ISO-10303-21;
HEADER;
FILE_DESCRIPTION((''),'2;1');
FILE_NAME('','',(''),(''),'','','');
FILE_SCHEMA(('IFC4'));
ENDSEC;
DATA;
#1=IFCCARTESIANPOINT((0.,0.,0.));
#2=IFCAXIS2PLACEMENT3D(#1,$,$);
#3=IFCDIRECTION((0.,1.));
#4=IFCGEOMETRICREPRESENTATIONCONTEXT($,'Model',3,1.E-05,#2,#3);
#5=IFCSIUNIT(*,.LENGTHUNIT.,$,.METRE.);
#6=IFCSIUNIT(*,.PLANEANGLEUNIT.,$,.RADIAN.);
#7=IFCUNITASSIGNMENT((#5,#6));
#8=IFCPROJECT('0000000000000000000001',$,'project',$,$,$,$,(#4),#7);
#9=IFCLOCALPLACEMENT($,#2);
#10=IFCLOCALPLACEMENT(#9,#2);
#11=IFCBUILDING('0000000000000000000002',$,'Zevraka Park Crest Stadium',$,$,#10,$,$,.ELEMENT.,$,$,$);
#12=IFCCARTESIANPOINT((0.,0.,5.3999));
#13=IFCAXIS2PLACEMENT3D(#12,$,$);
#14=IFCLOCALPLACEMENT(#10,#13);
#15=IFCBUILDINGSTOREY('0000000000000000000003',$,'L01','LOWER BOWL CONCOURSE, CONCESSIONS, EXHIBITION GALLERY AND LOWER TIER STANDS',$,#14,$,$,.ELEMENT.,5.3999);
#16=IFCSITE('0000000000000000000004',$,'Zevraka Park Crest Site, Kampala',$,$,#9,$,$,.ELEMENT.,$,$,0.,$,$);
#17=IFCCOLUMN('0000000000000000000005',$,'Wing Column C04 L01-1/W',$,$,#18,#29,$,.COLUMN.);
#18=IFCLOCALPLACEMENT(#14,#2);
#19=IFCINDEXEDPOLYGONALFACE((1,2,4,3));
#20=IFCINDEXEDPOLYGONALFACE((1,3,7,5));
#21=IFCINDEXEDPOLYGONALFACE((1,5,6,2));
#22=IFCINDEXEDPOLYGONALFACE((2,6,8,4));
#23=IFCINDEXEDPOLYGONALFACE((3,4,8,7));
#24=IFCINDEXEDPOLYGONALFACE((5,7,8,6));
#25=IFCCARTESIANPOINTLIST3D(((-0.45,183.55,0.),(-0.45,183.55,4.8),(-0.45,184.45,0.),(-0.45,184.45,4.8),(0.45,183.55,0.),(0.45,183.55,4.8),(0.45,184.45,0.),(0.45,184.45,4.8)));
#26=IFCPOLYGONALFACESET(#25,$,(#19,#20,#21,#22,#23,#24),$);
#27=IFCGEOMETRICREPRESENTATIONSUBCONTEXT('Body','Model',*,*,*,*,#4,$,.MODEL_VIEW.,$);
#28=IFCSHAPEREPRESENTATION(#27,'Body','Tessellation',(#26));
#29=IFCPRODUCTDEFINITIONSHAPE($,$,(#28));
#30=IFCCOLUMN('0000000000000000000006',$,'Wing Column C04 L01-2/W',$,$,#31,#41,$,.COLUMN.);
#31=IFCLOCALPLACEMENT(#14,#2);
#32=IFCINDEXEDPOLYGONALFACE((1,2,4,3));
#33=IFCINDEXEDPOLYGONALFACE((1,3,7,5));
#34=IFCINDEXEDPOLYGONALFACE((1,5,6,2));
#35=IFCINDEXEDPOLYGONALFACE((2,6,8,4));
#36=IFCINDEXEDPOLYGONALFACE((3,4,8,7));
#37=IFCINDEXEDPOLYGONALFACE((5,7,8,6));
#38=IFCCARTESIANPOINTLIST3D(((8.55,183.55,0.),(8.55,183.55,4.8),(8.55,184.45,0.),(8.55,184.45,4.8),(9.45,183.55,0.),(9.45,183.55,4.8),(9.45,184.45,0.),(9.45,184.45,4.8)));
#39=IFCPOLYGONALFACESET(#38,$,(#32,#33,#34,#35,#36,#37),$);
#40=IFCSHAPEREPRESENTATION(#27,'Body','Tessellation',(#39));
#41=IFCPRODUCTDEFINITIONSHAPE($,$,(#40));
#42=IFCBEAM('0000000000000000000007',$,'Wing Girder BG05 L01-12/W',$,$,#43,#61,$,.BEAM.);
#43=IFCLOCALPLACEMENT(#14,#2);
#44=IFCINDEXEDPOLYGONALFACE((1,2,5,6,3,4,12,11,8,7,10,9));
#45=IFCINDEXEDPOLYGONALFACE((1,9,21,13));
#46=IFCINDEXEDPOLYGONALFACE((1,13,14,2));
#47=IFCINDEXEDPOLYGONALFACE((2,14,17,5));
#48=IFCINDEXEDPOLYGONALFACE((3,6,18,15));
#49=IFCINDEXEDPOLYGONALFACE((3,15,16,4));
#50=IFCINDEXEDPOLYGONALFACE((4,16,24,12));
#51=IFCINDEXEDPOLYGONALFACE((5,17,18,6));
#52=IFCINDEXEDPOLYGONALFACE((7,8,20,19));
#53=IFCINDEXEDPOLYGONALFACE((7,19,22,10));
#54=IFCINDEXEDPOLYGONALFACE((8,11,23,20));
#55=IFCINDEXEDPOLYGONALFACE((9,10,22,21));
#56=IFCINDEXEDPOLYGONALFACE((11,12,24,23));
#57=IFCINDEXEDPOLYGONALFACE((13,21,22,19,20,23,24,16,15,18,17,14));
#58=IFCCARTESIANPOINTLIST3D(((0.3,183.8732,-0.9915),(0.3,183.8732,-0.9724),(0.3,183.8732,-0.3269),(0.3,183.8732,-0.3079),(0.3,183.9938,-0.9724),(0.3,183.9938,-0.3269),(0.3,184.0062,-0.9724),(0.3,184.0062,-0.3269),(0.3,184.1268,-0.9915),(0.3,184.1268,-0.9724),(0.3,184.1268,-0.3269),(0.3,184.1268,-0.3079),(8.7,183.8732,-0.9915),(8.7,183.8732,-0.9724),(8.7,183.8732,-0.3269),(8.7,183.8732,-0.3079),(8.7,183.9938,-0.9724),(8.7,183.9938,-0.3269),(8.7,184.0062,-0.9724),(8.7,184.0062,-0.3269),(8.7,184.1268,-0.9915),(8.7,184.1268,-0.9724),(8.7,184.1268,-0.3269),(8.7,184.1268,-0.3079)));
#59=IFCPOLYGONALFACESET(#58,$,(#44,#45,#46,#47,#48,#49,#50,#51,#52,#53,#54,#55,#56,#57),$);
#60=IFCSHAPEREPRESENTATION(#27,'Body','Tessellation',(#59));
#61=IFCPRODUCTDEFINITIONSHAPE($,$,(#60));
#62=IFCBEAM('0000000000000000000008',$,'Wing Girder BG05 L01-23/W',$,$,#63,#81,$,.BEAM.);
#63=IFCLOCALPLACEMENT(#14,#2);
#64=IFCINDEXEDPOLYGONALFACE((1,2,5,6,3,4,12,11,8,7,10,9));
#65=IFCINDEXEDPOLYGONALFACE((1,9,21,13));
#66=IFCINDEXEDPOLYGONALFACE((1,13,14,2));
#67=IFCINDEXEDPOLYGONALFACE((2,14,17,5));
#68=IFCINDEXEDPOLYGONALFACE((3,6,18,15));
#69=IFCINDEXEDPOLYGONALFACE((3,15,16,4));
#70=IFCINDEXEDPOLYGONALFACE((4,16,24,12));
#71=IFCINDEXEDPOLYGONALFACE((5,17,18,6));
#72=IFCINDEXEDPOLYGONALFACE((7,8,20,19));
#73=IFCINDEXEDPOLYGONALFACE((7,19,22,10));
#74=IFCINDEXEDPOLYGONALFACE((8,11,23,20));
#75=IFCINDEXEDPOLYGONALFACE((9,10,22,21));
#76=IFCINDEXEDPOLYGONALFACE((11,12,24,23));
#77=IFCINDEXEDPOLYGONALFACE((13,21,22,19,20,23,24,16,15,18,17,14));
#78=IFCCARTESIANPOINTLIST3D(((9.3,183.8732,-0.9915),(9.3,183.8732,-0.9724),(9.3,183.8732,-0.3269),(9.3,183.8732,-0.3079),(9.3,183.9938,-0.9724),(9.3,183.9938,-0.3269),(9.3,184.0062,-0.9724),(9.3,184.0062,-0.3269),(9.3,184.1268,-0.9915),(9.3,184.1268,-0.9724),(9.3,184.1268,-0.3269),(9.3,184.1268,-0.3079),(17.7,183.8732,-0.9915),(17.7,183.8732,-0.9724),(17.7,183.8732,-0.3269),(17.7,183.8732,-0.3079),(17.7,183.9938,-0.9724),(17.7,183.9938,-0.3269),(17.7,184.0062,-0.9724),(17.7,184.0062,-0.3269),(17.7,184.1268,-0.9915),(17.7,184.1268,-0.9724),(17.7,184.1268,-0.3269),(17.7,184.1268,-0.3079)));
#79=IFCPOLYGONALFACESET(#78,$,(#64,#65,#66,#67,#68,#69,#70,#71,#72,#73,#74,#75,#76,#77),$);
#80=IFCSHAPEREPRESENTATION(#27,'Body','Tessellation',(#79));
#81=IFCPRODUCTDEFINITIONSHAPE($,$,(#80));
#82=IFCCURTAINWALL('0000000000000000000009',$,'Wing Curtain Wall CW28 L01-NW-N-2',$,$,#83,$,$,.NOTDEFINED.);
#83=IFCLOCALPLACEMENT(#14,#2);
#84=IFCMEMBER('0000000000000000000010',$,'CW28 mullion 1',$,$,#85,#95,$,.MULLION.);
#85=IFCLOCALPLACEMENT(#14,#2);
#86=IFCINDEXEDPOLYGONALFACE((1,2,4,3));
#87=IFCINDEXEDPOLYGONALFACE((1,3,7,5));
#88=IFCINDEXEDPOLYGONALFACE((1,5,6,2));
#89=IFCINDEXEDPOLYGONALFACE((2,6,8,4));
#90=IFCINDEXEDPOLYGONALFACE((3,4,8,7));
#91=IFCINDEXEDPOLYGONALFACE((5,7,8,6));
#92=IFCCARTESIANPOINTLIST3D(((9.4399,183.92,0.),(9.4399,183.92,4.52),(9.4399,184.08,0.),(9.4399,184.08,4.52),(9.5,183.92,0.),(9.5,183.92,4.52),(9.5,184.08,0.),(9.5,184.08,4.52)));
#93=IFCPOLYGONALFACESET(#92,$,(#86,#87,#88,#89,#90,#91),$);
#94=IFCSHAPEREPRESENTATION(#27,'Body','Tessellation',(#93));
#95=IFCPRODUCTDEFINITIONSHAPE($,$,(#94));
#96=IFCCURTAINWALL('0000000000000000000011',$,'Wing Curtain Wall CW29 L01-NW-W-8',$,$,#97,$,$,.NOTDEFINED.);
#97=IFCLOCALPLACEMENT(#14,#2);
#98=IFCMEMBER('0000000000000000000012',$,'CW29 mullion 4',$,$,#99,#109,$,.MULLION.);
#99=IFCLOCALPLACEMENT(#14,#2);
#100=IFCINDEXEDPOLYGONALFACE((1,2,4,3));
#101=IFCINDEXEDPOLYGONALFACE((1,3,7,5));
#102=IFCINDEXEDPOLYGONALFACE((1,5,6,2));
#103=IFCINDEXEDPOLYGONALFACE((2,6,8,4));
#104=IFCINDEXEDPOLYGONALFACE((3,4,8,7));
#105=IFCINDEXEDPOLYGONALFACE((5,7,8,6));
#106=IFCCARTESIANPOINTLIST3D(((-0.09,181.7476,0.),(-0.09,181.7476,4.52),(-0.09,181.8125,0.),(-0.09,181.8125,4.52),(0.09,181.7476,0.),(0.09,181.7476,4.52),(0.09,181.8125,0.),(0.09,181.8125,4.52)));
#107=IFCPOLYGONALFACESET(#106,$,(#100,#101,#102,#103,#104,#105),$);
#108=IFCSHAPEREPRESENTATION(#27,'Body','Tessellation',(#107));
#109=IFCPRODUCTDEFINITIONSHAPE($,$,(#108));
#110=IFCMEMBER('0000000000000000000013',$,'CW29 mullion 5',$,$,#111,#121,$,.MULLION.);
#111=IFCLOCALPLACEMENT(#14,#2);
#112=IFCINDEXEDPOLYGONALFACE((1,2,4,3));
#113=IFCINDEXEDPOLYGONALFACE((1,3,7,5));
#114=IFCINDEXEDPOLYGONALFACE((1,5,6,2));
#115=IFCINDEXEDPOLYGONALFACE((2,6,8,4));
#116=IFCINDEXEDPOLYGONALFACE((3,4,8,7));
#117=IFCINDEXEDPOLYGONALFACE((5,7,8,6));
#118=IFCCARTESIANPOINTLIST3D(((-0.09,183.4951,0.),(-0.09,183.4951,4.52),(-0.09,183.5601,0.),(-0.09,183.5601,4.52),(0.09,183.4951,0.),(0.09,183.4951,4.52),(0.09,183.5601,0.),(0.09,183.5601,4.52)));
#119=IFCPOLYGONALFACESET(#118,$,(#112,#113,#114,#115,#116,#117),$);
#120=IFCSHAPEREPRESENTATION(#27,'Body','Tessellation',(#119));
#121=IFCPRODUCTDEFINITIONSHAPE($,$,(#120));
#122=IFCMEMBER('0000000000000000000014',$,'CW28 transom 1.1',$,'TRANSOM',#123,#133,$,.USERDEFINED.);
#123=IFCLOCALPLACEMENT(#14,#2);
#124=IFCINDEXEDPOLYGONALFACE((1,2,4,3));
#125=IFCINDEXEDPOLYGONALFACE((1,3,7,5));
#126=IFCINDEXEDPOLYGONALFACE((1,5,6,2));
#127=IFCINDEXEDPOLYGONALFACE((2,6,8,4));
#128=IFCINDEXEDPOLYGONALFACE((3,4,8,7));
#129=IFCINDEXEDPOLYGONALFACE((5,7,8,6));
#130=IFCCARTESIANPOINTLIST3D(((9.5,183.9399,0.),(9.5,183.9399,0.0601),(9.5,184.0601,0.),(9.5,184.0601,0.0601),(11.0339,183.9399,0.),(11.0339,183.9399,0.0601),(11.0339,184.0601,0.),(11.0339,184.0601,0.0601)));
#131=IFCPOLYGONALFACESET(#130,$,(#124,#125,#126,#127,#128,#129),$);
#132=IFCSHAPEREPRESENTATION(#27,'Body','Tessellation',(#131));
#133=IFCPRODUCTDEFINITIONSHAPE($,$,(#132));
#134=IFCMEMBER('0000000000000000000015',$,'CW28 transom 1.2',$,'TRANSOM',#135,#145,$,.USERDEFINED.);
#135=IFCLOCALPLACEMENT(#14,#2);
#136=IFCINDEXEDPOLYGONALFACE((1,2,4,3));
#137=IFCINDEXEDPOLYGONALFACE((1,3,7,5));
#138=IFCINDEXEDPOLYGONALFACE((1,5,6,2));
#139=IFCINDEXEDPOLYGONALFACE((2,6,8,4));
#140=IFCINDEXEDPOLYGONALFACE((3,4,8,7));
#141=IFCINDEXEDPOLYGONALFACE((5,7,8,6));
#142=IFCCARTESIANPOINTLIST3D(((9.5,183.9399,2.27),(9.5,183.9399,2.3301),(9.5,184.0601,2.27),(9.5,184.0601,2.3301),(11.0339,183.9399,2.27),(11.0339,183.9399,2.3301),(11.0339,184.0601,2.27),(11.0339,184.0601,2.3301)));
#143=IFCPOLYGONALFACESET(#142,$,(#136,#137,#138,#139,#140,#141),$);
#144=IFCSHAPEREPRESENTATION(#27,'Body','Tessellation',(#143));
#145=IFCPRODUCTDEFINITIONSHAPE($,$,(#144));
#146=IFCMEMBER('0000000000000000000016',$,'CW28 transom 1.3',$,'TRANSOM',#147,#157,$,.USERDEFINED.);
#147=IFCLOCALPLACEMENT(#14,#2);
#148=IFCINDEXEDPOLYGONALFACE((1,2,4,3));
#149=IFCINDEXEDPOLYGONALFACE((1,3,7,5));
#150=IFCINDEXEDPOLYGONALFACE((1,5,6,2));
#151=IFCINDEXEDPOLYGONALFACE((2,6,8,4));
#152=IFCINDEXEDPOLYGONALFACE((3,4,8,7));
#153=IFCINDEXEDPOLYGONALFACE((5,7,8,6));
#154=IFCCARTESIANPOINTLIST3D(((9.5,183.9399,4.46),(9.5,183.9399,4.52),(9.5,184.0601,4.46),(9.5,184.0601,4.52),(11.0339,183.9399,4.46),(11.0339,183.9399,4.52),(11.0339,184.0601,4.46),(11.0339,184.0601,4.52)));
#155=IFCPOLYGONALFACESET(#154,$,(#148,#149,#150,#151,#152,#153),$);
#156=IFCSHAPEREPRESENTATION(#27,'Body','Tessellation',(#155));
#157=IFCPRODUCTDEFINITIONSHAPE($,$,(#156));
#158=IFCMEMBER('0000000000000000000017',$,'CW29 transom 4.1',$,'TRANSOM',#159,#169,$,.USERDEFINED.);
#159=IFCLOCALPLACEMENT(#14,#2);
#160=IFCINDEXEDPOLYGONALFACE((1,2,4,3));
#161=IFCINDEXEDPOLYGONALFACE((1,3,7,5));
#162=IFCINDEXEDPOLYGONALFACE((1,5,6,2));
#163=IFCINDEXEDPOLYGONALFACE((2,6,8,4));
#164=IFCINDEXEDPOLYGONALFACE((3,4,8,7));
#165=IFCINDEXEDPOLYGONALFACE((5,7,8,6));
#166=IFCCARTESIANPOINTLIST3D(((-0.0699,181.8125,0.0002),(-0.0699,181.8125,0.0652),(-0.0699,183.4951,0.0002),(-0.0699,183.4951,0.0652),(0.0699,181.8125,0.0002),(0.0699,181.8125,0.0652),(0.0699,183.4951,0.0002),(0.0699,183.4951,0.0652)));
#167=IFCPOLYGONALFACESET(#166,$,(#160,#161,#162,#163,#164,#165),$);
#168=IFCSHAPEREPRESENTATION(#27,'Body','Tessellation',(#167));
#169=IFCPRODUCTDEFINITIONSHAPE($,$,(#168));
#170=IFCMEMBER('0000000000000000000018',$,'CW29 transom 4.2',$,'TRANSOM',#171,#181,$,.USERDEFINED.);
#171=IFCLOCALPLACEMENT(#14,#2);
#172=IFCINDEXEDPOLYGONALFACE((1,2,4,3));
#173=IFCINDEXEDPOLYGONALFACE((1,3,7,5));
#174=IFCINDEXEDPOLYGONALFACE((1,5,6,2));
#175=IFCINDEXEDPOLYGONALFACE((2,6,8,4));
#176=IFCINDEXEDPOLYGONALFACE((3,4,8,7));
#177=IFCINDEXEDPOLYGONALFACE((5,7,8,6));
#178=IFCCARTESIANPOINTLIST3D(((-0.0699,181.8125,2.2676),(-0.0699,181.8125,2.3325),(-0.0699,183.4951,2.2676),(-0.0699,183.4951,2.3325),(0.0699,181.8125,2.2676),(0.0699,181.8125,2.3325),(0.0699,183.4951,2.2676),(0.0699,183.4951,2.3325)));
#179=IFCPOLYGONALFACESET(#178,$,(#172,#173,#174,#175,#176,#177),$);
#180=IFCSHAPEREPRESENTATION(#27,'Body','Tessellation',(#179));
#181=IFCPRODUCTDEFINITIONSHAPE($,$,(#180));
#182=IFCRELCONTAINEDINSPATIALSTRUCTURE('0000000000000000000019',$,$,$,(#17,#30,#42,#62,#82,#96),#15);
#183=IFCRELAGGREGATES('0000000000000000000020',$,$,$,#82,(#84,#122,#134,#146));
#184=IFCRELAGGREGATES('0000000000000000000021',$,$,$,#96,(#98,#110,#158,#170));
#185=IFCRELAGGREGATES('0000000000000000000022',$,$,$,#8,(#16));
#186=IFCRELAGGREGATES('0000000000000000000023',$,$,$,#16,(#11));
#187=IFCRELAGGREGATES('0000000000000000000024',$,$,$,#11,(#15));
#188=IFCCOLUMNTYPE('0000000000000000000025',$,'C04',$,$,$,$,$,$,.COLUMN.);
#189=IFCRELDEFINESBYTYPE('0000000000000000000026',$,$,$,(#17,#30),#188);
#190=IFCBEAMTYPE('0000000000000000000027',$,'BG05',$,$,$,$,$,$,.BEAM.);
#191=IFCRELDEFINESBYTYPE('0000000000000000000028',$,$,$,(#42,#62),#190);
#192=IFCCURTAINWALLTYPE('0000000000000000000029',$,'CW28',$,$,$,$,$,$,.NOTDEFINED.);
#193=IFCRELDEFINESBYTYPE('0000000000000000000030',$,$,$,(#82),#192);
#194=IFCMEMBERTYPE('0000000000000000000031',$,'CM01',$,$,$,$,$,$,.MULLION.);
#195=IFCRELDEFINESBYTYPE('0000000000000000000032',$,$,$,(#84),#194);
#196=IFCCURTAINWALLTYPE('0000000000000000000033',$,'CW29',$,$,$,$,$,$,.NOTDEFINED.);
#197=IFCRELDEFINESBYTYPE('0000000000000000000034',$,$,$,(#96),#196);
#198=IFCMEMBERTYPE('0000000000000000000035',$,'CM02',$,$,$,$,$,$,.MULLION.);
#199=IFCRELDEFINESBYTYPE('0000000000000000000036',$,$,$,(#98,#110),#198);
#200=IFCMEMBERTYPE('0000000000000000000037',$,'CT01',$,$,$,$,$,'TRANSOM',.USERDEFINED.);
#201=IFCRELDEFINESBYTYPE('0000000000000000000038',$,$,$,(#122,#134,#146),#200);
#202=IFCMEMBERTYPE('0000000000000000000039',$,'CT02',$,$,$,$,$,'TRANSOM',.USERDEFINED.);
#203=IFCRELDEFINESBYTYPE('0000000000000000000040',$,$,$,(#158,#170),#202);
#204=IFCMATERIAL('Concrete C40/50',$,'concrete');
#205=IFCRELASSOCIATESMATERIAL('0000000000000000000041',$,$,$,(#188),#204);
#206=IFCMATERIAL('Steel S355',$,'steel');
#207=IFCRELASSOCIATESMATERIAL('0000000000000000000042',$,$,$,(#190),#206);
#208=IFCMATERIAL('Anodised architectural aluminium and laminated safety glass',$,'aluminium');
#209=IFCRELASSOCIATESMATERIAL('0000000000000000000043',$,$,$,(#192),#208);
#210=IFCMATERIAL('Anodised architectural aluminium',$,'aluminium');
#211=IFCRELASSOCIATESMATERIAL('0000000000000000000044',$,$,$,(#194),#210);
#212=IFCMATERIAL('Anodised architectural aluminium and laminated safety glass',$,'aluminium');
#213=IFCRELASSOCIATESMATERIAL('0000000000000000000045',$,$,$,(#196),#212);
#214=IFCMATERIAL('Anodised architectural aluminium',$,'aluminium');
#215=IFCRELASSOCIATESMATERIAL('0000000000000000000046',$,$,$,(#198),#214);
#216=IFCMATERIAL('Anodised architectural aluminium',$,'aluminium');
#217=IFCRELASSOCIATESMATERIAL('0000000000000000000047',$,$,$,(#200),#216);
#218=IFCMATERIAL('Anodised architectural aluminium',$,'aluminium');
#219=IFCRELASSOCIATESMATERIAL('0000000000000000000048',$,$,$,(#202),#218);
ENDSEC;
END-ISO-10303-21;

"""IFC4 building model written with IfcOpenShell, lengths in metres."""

from ifc_helpers import new_model, si_unit, direction, frame, origin, origin_2d, place, context, subcontext, project, spatial, rectangle, i_section, extrude, material, material_profile, profile_set, type_object, element, aggregate, save


model = new_model("IFC4")

# Units and contexts
model_context = context("Model", 3, precision=1e-05, world=origin(), true_north=direction((0.0, 1.0)))
body_context = subcontext(model_context, "Body", "Model", "MODEL_VIEW")
ifc_project = project(units=[si_unit("LENGTHUNIT", "METRE"), si_unit("PLANEANGLEUNIT", "RADIAN")], contexts=[model_context])

# Site, building, storey
site_placement = place(None, origin())
site = spatial("IfcSite", under=ifc_project, at=site_placement, Name="Zevraka Park Crest Site, Kampala", CompositionType="ELEMENT", RefElevation=0.0)
building_placement = place(site_placement, origin())
building = spatial("IfcBuilding", under=site, at=building_placement, Name="Zevraka Park Crest Stadium", CompositionType="ELEMENT")
storey_placement = place(building_placement, frame((0.0, 0.0, 5.3999)))
storey = spatial("IfcBuildingStorey", under=building, at=storey_placement, Name="L01", Description="LOWER BOWL CONCOURSE, CONCESSIONS, EXHIBITION GALLERY AND LOWER TIER STANDS", CompositionType="ELEMENT", Elevation=5.3999)

# Columns
ifc_material_1 = material(Name="Concrete C40/50", Category="concrete")
ifc_material_profile_1 = material_profile(ifc_material_1, rectangle(XDim=0.8999, YDim=0.8999, at=origin_2d()), Name="RC 900x900")
ifc_profile_set_1 = profile_set([ifc_material_profile_1], Name="Concrete C40/50")
column_type = type_object("IfcColumnType", Name="C04", PredefinedType="COLUMN", material=ifc_profile_set_1)
for number, where, z_axis, x_axis, name in (
    (1, (0.0, 184.0, 0.0), (0.0, 0.0, 1.0), (1.0, 0.0, 0.0), "Wing Column C04 L01-1/W"),
    (2, (9.0, 184.0, 0.0), (0.0, 0.0, 1.0), (1.0, 0.0, 0.0), "Wing Column C04 L01-2/W"),
):
    element("IfcColumn", number, at=place(storey_placement, frame(where, z_axis=z_axis, x_axis=x_axis)), inside=storey, type_object=column_type, Name=name, PredefinedType="COLUMN", context=body_context, shape_type="SweptSolid", body=[
        extrude(rectangle(XDim=0.8999, YDim=0.8999, at=origin_2d()), origin(), (0.0, 0.0, 1.0), 4.8),
    ])

# Beams
ifc_material_2 = material(Name="Steel S355", Category="steel")
ifc_material_profile_2 = material_profile(ifc_material_2, i_section(OverallWidth=0.2537, OverallDepth=0.6836, WebThickness=0.0125, FlangeThickness=0.019, at=origin_2d()), Name="UKB 686x254x140")
ifc_profile_set_2 = profile_set([ifc_material_profile_2], Name="Steel S355")
beam_type = type_object("IfcBeamType", Name="BG05", PredefinedType="BEAM", material=ifc_profile_set_2)
for number, where, z_axis, x_axis, name in (
    (3, (0.3, 184.0, -0.6497), (1.0, 0.0, 0.0), (0.0, 1.0, 0.0), "Wing Girder BG05 L01-12/W"),
    (4, (9.3, 184.0, -0.6497), (1.0, 0.0, 0.0), (0.0, 1.0, 0.0), "Wing Girder BG05 L01-23/W"),
):
    element("IfcBeam", number, at=place(storey_placement, frame(where, z_axis=z_axis, x_axis=x_axis)), inside=storey, type_object=beam_type, Name=name, PredefinedType="BEAM", context=body_context, shape_type="SweptSolid", body=[
        extrude(i_section(OverallWidth=0.2537, OverallDepth=0.6836, WebThickness=0.0125, FlangeThickness=0.019, at=origin_2d()), origin(), (0.0, 0.0, 1.0), 8.3999),
    ])

# Curtain wall, member
ifc_material_3 = material(Name="Anodised architectural aluminium and laminated safety glass", Category="aluminium")
curtain_wall_type_1 = type_object("IfcCurtainWallType", Name="CW28", PredefinedType="NOTDEFINED", material=ifc_material_3)
curtain_wall_1_placement = place(storey_placement, origin())
curtain_wall_1 = element("IfcCurtainWall", 5, at=curtain_wall_1_placement, inside=storey, type_object=curtain_wall_type_1, Name="Wing Curtain Wall CW28 L01-NW-N-2", PredefinedType="NOTDEFINED")
ifc_material_4 = material(Name="Anodised architectural aluminium", Category="aluminium")
ifc_material_profile_3 = material_profile(ifc_material_4, rectangle(XDim=0.1599, YDim=0.0601, at=origin_2d()), Name="ALU MULLION 160x60")
ifc_profile_set_3 = profile_set([ifc_material_profile_3], Name="Anodised architectural aluminium")
member_type_1 = type_object("IfcMemberType", Name="CM01", PredefinedType="MULLION", material=ifc_profile_set_3)
member_1_placement = place(storey_placement, frame((9.47, 184.0, 0.0), z_axis=(0.0, 0.0, 1.0), x_axis=(0.0, 1.0, 0.0)))
member_1 = element("IfcMember", 6, at=member_1_placement, type_object=member_type_1, Name="CW28 mullion 1", PredefinedType="MULLION", context=body_context, shape_type="SweptSolid", body=[
    extrude(rectangle(XDim=0.1599, YDim=0.0601, at=origin_2d()), origin(), (0.0, 0.0, 1.0), 4.52),
])

# Curtain wall, members
ifc_material_5 = material(Name="Anodised architectural aluminium and laminated safety glass", Category="aluminium")
curtain_wall_type_2 = type_object("IfcCurtainWallType", Name="CW29", PredefinedType="NOTDEFINED", material=ifc_material_5)
curtain_wall_2_placement = place(storey_placement, origin())
curtain_wall_2 = element("IfcCurtainWall", 7, at=curtain_wall_2_placement, inside=storey, type_object=curtain_wall_type_2, Name="Wing Curtain Wall CW29 L01-NW-W-8", PredefinedType="NOTDEFINED")
ifc_material_6 = material(Name="Anodised architectural aluminium", Category="aluminium")
ifc_material_profile_4 = material_profile(ifc_material_6, rectangle(XDim=0.1799, YDim=0.0649, at=origin_2d()), Name="ALU MULLION 180x65")
ifc_profile_set_4 = profile_set([ifc_material_profile_4], Name="Anodised architectural aluminium")
member_type_2 = type_object("IfcMemberType", Name="CM02", PredefinedType="MULLION", material=ifc_profile_set_4)
member_2_placement = place(storey_placement, frame((0.0, 181.78, 0.0), z_axis=(0.0, 0.0, 1.0), x_axis=(-1.0, 0.0, 0.0)))
member_2 = element("IfcMember", 8, at=member_2_placement, type_object=member_type_2, Name="CW29 mullion 4", PredefinedType="MULLION", context=body_context, shape_type="SweptSolid", body=[
    extrude(rectangle(XDim=0.1799, YDim=0.0649, at=origin_2d()), origin(), (0.0, 0.0, 1.0), 4.52),
])
member_3_placement = place(storey_placement, frame((0.0, 183.5276, 0.0), z_axis=(0.0, 0.0, 1.0), x_axis=(-1.0, 0.0, 0.0)))
member_3 = element("IfcMember", 9, at=member_3_placement, type_object=member_type_2, Name="CW29 mullion 5", PredefinedType="MULLION", context=body_context, shape_type="SweptSolid", body=[
    extrude(rectangle(XDim=0.1799, YDim=0.0649, at=origin_2d()), origin(), (0.0, 0.0, 1.0), 4.52),
])

# Members
ifc_material_7 = material(Name="Anodised architectural aluminium", Category="aluminium")
ifc_material_profile_5 = material_profile(ifc_material_7, rectangle(XDim=0.1201, YDim=0.0601, at=origin_2d()), Name="ALU TRANSOM 120x60")
ifc_profile_set_5 = profile_set([ifc_material_profile_5], Name="Anodised architectural aluminium")
member_type_3 = type_object("IfcMemberType", Name="CT01", ElementType="TRANSOM", PredefinedType="USERDEFINED", material=ifc_profile_set_5)
member_4_placement = place(storey_placement, frame((9.5, 184.0, 0.03), z_axis=(1.0, 0.0, 0.0), x_axis=(0.0, 1.0, 0.0)))
member_4 = element("IfcMember", 10, at=member_4_placement, type_object=member_type_3, Name="CW28 transom 1.1", ObjectType="TRANSOM", PredefinedType="USERDEFINED", context=body_context, shape_type="SweptSolid", body=[
    extrude(rectangle(XDim=0.1201, YDim=0.0601, at=origin_2d()), origin(), (0.0, 0.0, 1.0), 1.5339),
])
member_5_placement = place(storey_placement, frame((9.5, 184.0, 2.3), z_axis=(1.0, 0.0, 0.0), x_axis=(0.0, 1.0, 0.0)))
member_5 = element("IfcMember", 11, at=member_5_placement, type_object=member_type_3, Name="CW28 transom 1.2", ObjectType="TRANSOM", PredefinedType="USERDEFINED", context=body_context, shape_type="SweptSolid", body=[
    extrude(rectangle(XDim=0.1201, YDim=0.0601, at=origin_2d()), origin(), (0.0, 0.0, 1.0), 1.5339),
])
member_6_placement = place(storey_placement, frame((9.5, 184.0, 4.49), z_axis=(1.0, 0.0, 0.0), x_axis=(0.0, 1.0, 0.0)))
member_6 = element("IfcMember", 12, at=member_6_placement, type_object=member_type_3, Name="CW28 transom 1.3", ObjectType="TRANSOM", PredefinedType="USERDEFINED", context=body_context, shape_type="SweptSolid", body=[
    extrude(rectangle(XDim=0.1201, YDim=0.0601, at=origin_2d()), origin(), (0.0, 0.0, 1.0), 1.5339),
])
ifc_material_8 = material(Name="Anodised architectural aluminium", Category="aluminium")
ifc_material_profile_6 = material_profile(ifc_material_8, rectangle(XDim=0.1399, YDim=0.0649, at=origin_2d()), Name="ALU TRANSOM 140x65")
ifc_profile_set_6 = profile_set([ifc_material_profile_6], Name="Anodised architectural aluminium")
member_type_4 = type_object("IfcMemberType", Name="CT02", ElementType="TRANSOM", PredefinedType="USERDEFINED", material=ifc_profile_set_6)
member_7_placement = place(storey_placement, frame((0.0, 181.8125, 0.0327), z_axis=(0.0, 1.0, 0.0), x_axis=(-1.0, 0.0, 0.0)))
member_7 = element("IfcMember", 13, at=member_7_placement, type_object=member_type_4, Name="CW29 transom 4.1", ObjectType="TRANSOM", PredefinedType="USERDEFINED", context=body_context, shape_type="SweptSolid", body=[
    extrude(rectangle(XDim=0.1399, YDim=0.0649, at=origin_2d()), origin(), (0.0, 0.0, 1.0), 1.6826),
])
member_8_placement = place(storey_placement, frame((0.0, 181.8125, 2.3), z_axis=(0.0, 1.0, 0.0), x_axis=(-1.0, 0.0, 0.0)))
member_8 = element("IfcMember", 14, at=member_8_placement, type_object=member_type_4, Name="CW29 transom 4.2", ObjectType="TRANSOM", PredefinedType="USERDEFINED", context=body_context, shape_type="SweptSolid", body=[
    extrude(rectangle(XDim=0.1399, YDim=0.0649, at=origin_2d()), origin(), (0.0, 0.0, 1.0), 1.6826),
])

aggregate(curtain_wall_1, [member_1, member_4, member_5, member_6])
aggregate(curtain_wall_2, [member_2, member_3, member_7, member_8])

save(model, "model.ifc")
